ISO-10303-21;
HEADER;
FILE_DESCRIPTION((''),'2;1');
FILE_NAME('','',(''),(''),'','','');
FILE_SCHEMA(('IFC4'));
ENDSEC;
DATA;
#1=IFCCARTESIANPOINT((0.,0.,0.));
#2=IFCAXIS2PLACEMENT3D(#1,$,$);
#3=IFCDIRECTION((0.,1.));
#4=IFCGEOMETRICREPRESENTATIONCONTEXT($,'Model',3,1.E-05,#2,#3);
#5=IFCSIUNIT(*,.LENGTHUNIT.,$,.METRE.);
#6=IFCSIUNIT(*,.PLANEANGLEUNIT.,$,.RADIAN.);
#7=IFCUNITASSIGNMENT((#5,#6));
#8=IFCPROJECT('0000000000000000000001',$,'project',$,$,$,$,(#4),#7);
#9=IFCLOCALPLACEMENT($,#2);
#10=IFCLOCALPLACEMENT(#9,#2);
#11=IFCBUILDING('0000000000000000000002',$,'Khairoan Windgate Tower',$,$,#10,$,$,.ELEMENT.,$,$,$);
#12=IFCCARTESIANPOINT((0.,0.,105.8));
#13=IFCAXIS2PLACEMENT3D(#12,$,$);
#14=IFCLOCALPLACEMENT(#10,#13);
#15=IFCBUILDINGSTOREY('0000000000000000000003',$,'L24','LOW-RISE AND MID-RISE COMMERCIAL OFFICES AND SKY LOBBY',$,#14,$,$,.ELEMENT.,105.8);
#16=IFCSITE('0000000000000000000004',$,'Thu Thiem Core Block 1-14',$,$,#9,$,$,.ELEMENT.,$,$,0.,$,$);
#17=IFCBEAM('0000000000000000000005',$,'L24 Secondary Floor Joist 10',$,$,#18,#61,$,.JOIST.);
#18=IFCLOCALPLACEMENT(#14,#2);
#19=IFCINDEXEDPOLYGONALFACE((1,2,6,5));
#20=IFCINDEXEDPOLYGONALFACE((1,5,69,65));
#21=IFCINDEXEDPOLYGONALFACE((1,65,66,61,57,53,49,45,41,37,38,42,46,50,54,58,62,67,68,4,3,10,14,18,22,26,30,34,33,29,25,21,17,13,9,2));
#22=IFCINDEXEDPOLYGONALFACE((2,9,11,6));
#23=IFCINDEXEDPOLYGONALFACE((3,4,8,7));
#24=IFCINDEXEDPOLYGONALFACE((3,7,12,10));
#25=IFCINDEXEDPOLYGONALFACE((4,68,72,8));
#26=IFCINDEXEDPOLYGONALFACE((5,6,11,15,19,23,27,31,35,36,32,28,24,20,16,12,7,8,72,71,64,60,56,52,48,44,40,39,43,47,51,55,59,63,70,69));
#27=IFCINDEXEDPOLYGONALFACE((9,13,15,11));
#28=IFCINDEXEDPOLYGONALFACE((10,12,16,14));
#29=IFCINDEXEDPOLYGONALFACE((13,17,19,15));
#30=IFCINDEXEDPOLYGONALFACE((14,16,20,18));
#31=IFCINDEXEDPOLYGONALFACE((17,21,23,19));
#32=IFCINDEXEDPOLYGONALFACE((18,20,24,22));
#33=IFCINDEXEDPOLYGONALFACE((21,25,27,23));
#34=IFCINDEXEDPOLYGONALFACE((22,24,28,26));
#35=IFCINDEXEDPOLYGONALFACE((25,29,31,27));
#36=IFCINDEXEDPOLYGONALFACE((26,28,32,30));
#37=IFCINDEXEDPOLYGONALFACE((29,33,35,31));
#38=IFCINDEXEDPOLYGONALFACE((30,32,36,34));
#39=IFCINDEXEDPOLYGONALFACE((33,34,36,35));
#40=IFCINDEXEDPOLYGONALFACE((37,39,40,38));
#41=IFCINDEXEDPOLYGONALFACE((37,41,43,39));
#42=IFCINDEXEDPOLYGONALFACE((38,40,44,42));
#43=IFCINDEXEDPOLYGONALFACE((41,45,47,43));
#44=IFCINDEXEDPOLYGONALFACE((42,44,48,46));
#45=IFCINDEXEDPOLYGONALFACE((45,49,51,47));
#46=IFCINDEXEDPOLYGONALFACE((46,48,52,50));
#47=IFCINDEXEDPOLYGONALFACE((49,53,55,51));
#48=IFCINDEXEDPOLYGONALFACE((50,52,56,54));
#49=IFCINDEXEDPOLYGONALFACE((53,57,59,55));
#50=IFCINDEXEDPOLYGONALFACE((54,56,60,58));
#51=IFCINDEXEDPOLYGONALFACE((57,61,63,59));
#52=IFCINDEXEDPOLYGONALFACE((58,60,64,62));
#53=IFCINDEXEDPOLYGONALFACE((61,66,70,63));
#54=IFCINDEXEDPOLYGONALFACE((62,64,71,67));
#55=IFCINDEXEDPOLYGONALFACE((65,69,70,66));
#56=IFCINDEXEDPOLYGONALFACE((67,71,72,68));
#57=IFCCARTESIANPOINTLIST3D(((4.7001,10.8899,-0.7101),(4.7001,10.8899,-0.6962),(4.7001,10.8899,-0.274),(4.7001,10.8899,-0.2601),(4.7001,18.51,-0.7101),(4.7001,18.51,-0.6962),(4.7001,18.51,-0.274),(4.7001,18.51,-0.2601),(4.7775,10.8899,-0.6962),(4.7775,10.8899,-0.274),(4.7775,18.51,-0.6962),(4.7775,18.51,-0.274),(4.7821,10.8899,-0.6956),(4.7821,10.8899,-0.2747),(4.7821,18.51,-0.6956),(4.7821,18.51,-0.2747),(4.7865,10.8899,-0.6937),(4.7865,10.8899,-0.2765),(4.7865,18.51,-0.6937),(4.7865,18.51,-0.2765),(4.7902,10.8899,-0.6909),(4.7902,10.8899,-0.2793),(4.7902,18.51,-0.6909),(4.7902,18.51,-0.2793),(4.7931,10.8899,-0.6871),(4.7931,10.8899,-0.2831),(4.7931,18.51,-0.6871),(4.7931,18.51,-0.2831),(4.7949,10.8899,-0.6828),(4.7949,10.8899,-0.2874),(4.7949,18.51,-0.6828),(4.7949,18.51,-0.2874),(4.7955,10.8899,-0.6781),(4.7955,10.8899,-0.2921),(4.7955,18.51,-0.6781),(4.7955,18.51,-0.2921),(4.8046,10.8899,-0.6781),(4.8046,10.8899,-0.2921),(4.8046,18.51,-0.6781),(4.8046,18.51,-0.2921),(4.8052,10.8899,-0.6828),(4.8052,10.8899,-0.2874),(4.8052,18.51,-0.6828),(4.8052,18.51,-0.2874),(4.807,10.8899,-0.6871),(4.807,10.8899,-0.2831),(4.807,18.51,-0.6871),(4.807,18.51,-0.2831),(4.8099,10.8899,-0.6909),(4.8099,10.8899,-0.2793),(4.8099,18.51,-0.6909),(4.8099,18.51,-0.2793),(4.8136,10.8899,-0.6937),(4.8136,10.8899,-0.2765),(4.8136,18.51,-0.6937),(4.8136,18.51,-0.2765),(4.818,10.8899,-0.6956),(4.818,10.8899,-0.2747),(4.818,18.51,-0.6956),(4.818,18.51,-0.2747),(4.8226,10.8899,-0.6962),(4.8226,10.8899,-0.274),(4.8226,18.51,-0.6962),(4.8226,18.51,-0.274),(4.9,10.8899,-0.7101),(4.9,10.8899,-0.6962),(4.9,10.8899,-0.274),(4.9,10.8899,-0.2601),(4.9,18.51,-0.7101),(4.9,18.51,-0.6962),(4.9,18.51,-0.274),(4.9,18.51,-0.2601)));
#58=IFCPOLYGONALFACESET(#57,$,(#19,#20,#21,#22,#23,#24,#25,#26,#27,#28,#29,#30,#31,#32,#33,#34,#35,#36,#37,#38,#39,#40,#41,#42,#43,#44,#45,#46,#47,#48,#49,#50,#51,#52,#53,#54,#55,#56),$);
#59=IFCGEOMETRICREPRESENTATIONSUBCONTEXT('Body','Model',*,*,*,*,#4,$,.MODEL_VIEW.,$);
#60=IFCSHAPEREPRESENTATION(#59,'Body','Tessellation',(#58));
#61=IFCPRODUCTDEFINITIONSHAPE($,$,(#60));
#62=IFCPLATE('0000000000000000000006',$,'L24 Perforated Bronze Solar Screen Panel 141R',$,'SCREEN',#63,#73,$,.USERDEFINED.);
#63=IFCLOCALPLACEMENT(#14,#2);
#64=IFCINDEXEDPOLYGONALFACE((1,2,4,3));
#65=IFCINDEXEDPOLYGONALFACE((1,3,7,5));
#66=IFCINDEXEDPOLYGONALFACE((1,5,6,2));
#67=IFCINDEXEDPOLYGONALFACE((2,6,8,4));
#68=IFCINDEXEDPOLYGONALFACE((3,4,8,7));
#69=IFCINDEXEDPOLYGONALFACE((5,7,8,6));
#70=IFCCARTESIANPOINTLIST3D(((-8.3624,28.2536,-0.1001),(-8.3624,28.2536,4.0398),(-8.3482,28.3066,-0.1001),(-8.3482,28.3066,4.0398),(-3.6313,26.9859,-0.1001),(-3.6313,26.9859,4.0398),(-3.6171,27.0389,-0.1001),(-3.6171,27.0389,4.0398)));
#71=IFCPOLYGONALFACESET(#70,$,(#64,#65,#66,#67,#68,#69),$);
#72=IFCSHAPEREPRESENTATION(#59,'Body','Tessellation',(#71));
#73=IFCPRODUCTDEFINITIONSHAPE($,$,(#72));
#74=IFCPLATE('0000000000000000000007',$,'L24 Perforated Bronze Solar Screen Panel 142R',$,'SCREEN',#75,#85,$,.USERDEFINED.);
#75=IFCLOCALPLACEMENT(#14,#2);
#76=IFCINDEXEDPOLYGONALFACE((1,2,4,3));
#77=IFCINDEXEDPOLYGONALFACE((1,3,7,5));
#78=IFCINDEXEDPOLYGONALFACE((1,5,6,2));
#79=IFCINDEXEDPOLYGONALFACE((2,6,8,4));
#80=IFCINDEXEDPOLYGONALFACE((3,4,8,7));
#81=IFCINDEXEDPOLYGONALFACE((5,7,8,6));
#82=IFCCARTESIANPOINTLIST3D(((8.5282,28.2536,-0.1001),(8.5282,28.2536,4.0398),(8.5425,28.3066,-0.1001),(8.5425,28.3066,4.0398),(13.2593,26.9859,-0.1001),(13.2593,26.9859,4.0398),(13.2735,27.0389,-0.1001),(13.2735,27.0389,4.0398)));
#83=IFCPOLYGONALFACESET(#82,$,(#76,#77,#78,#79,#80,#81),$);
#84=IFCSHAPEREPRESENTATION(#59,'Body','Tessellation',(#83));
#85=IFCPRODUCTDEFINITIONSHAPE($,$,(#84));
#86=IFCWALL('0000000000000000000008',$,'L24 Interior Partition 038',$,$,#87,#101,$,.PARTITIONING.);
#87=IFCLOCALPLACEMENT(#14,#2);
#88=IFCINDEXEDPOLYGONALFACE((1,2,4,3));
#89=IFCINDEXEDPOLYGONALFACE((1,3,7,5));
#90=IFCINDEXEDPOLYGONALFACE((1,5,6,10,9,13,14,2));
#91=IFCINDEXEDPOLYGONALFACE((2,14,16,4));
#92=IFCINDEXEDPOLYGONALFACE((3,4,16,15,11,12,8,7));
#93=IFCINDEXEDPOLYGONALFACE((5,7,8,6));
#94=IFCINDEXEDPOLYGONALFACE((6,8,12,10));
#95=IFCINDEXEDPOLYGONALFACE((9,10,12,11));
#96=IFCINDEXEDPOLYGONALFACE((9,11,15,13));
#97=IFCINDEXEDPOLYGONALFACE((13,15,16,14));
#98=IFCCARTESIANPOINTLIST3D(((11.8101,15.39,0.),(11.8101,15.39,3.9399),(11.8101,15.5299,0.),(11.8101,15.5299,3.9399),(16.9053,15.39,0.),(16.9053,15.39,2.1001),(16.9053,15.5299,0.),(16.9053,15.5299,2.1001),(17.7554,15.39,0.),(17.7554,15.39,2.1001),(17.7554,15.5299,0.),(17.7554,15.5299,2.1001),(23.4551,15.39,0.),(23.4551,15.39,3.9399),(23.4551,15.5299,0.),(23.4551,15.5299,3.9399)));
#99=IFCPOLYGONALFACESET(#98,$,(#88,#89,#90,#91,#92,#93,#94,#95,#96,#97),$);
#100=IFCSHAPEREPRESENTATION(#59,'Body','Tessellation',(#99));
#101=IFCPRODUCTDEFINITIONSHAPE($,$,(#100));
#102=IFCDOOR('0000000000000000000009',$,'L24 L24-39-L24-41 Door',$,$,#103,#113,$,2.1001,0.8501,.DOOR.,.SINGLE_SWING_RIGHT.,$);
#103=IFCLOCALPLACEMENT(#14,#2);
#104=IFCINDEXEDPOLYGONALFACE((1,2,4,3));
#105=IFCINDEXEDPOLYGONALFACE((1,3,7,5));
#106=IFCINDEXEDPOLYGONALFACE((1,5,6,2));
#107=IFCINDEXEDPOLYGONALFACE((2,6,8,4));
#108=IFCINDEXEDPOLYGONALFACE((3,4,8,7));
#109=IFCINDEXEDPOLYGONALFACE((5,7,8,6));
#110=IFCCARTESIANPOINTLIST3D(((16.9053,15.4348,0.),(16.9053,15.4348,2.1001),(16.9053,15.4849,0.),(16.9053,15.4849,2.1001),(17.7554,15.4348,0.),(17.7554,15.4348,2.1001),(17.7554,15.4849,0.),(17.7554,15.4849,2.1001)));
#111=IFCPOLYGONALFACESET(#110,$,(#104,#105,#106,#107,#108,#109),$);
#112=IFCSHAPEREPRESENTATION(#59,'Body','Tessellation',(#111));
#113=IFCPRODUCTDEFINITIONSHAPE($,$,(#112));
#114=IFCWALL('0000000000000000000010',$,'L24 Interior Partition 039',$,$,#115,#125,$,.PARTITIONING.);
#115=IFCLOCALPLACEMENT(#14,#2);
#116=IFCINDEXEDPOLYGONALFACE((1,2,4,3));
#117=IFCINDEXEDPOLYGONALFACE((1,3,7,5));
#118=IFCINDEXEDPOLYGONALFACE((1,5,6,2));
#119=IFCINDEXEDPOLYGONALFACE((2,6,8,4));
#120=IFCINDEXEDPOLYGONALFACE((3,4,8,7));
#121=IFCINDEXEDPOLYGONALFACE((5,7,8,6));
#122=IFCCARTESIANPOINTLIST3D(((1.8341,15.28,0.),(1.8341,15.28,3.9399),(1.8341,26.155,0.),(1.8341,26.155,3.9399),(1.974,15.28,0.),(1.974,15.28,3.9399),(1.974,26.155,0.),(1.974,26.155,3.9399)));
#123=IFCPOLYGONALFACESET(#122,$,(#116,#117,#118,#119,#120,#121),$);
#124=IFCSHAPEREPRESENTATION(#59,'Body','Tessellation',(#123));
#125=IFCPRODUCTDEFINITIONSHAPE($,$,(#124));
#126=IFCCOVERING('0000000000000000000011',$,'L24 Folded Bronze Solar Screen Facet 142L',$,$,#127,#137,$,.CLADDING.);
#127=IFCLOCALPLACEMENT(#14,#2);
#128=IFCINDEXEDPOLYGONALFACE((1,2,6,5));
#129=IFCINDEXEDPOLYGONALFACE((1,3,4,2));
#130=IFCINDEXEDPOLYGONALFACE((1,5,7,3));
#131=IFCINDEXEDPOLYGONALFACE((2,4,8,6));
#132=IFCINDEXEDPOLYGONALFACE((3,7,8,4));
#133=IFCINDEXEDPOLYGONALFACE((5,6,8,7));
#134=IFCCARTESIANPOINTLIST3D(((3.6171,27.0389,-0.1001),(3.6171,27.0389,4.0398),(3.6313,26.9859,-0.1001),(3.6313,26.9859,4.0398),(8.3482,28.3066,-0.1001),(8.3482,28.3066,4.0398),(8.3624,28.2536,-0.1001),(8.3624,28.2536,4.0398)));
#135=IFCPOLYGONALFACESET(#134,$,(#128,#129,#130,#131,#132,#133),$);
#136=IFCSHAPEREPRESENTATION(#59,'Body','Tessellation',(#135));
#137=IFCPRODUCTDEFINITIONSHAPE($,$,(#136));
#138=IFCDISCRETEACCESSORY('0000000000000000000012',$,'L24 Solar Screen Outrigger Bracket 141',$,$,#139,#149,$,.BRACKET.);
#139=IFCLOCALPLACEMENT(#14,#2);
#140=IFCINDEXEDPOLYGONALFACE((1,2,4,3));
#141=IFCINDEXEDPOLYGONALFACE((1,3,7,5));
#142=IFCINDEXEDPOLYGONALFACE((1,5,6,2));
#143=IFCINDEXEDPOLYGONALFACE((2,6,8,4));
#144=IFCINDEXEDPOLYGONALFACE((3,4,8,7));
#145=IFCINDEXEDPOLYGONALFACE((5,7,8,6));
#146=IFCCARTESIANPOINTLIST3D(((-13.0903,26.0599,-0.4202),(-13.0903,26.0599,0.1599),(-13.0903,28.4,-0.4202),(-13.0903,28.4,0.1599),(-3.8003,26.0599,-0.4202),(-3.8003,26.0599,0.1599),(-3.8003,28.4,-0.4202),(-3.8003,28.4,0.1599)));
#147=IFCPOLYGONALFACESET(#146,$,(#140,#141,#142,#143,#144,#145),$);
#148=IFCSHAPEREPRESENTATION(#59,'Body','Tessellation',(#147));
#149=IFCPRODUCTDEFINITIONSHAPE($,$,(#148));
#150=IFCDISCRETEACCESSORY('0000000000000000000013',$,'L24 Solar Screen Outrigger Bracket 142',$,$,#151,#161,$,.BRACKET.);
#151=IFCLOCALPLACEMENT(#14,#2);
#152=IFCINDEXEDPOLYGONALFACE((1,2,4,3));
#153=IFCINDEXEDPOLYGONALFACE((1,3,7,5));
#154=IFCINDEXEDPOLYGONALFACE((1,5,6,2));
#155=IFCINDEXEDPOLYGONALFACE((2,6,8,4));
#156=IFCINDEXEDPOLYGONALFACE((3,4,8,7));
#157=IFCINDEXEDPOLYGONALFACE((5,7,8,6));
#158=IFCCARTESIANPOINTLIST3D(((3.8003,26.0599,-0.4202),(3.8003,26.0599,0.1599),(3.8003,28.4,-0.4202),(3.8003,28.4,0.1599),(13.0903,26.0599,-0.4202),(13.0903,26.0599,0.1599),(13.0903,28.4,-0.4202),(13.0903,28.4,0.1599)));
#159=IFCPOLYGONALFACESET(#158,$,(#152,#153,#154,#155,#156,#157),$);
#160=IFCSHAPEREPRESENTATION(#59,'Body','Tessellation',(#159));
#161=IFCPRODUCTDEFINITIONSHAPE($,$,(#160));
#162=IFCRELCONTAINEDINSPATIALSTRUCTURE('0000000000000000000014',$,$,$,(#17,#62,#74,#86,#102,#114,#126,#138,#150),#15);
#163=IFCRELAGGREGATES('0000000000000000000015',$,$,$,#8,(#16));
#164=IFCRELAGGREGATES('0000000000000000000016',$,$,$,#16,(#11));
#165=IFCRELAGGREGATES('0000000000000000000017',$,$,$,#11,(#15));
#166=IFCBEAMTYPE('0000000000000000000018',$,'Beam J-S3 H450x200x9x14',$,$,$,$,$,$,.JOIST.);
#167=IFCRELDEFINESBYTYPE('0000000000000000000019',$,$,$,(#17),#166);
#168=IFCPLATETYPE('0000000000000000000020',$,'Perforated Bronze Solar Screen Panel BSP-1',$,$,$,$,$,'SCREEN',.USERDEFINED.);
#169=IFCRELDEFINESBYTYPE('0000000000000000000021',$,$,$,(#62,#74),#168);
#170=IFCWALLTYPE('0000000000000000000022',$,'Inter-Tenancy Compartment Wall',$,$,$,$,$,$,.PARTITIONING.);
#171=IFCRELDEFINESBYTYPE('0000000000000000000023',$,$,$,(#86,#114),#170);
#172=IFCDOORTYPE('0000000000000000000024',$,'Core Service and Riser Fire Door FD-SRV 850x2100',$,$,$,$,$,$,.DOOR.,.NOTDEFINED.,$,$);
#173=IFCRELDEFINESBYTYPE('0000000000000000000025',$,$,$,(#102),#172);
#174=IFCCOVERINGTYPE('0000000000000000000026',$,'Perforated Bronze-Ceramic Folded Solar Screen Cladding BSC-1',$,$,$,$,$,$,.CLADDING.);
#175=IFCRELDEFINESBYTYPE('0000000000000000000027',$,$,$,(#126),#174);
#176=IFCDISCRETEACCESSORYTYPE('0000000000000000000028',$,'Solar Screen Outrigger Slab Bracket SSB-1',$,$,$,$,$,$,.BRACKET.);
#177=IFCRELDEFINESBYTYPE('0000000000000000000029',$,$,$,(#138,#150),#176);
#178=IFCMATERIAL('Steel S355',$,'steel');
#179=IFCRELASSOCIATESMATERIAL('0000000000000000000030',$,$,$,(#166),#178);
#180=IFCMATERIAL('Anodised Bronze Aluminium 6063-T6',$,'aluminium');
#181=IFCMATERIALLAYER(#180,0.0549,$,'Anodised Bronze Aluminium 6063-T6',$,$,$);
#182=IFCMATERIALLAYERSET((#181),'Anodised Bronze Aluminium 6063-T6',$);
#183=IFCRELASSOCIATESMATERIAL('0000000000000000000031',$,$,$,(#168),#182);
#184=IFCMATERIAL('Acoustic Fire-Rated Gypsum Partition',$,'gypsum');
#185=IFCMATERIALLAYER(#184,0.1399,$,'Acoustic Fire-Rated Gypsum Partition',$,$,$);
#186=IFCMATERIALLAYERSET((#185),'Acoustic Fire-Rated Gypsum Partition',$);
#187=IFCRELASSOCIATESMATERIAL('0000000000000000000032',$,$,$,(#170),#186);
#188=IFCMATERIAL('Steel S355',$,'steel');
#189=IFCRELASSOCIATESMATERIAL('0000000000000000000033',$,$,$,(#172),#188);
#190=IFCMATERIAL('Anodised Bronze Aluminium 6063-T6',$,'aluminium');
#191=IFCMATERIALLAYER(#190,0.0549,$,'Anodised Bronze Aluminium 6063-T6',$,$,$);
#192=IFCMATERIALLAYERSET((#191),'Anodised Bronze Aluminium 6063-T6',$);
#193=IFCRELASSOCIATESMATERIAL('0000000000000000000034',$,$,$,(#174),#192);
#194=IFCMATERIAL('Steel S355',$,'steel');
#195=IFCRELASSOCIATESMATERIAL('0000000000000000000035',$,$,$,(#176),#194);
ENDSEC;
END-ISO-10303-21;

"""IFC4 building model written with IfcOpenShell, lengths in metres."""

from ifc_helpers import new_model, si_unit, direction, frame, frame_2d, origin, origin_2d, place, context, subcontext, project, spatial, rectangle, i_section, extrude, material, layer, layer_set, material_profile, profile_set, type_object, element, fill, save


model = new_model("IFC4")

# Units and contexts
model_context = context("Model", 3, precision=1e-05, world=origin(), true_north=direction((0.0, 1.0)))
body_context = subcontext(model_context, "Body", "Model", "MODEL_VIEW")
ifc_project = project(units=[si_unit("LENGTHUNIT", "METRE"), si_unit("PLANEANGLEUNIT", "RADIAN")], contexts=[model_context])

# Site, building, storey
site_placement = place(None, origin())
site = spatial("IfcSite", under=ifc_project, at=site_placement, Name="Thu Thiem Core Block 1-14", CompositionType="ELEMENT", RefElevation=0.0)
building_placement = place(site_placement, origin())
building = spatial("IfcBuilding", under=site, at=building_placement, Name="Khairoan Windgate Tower", CompositionType="ELEMENT")
storey_placement = place(building_placement, frame((0.0, 0.0, 105.8)))
storey = spatial("IfcBuildingStorey", under=building, at=storey_placement, Name="L24", Description="LOW-RISE AND MID-RISE COMMERCIAL OFFICES AND SKY LOBBY", CompositionType="ELEMENT", Elevation=105.8)

# Beam
ifc_material_1 = material(Name="Steel S355", Category="steel")
ifc_material_profile_1 = material_profile(ifc_material_1, i_section(OverallWidth=0.2, OverallDepth=0.45, WebThickness=0.009, FlangeThickness=0.0139, FilletRadius=0.0181, at=origin_2d()))
ifc_profile_set_1 = profile_set([ifc_material_profile_1], Name="Steel S355")
beam_type_1 = type_object("IfcBeamType", Name="Beam J-S3 H450x200x9x14", PredefinedType="JOIST", material=ifc_profile_set_1)
for number, where, z_axis, x_axis, name in (
    (1, (4.8, 10.8899, -0.4851), (0.0, 1.0, 0.0), (-1.0, 0.0, 0.0), "L24 Secondary Floor Joist 10"),
):
    element("IfcBeam", number, at=place(storey_placement, frame(where, z_axis=z_axis, x_axis=x_axis)), inside=storey, type_object=beam_type_1, Name=name, PredefinedType="JOIST", context=body_context, shape_type="SweptSolid", body=[
        extrude(i_section(OverallWidth=0.2, OverallDepth=0.45, WebThickness=0.009, FlangeThickness=0.0139, FilletRadius=0.0181, at=origin_2d()), origin(), (0.0, 0.0, 1.0), 7.6201),
    ])

# Plates
ifc_material_2 = material(Name="Anodised Bronze Aluminium 6063-T6", Category="aluminium")
ifc_layer_1 = layer(ifc_material_2, 0.0549, Name="Anodised Bronze Aluminium 6063-T6")
ifc_layer_set_1 = layer_set([ifc_layer_1], Name="Anodised Bronze Aluminium 6063-T6")
plate_type = type_object("IfcPlateType", Name="Perforated Bronze Solar Screen Panel BSP-1", ElementType="SCREEN", PredefinedType="USERDEFINED", material=ifc_layer_set_1)
for number, where, z_axis, x_axis, name in (
    (2, (-5.9897, 27.6462, -0.1001), (0.0, 0.0, 1.0), (0.965926, -0.258819, 0.0), "L24 Perforated Bronze Solar Screen Panel 141R"),
    (3, (10.9009, 27.6462, -0.1001), (0.0, 0.0, 1.0), (0.965926, -0.258819, 0.0), "L24 Perforated Bronze Solar Screen Panel 142R"),
):
    element("IfcPlate", number, at=place(storey_placement, frame(where, z_axis=z_axis, x_axis=x_axis)), inside=storey, type_object=plate_type, Name=name, ObjectType="SCREEN", PredefinedType="USERDEFINED", context=body_context, shape_type="SweptSolid", body=[
        extrude(rectangle(XDim=4.8979, YDim=0.0549, at=origin_2d()), origin(), (0.0, 0.0, 1.0), 4.1399),
    ])

# Wall, opening, door
ifc_material_3 = material(Name="Acoustic Fire-Rated Gypsum Partition", Category="gypsum")
ifc_layer_2 = layer(ifc_material_3, 0.1399, Name="Acoustic Fire-Rated Gypsum Partition")
ifc_layer_set_2 = layer_set([ifc_layer_2], Name="Acoustic Fire-Rated Gypsum Partition")
wall_type = type_object("IfcWallType", Name="Inter-Tenancy Compartment Wall", PredefinedType="PARTITIONING", material=ifc_layer_set_2)
wall_1_placement = place(storey_placement, frame((11.8101, 15.46, 0.0), z_axis=(0.0, 0.0, 1.0), x_axis=(1.0, 0.0, 0.0)))
wall_1 = element("IfcWall", 4, at=wall_1_placement, inside=storey, type_object=wall_type, Name="L24 Interior Partition 038", PredefinedType="PARTITIONING", context=body_context, shape_type="SweptSolid", body=[
    extrude(rectangle(XDim=11.645, YDim=0.1399, at=frame_2d((5.8225, 0.0))), origin(), (0.0, 0.0, 1.0), 3.9399),
])
opening_placement = place(wall_1_placement, frame((5.0952, 0.0, 0.0)))
opening = element("IfcOpeningElement", 5, at=opening_placement, cuts=wall_1, PredefinedType="OPENING", context=body_context, shape_type="SweptSolid", body=[
    extrude(rectangle(XDim=0.8501, YDim=2.1001, at=frame_2d((0.425, 1.05))), frame((0.0, 0.0798, 0.0), z_axis=(0.0, -1.0, 0.0), x_axis=(1.0, 0.0, 0.0)), (0.0, 0.0, 1.0), 0.1599),
])
ifc_material_4 = material(Name="Steel S355", Category="steel")
door_type = type_object("IfcDoorType", Name="Core Service and Riser Fire Door FD-SRV 850x2100", OperationType="NOTDEFINED", PredefinedType="DOOR", material=ifc_material_4)
door_placement = place(opening_placement, origin())
door = element("IfcDoor", 6, at=door_placement, inside=storey, type_object=door_type, Name="L24 L24-39-L24-41 Door", OperationType="SINGLE_SWING_RIGHT", OverallHeight=2.1001, OverallWidth=0.8501, PredefinedType="DOOR", context=body_context, shape_type="SweptSolid", body=[
    extrude(rectangle(XDim=0.8501, YDim=2.1001, at=frame_2d((0.425, 1.05))), frame((0.0, 0.0249, 0.0), z_axis=(0.0, -1.0, 0.0), x_axis=(1.0, 0.0, 0.0)), (0.0, 0.0, 1.0), 0.05),
])
fill(opening, door)

# Wall
wall_2_placement = place(storey_placement, frame((1.9041, 15.28, 0.0), z_axis=(0.0, 0.0, 1.0), x_axis=(0.0, 1.0, 0.0)))
element("IfcWall", 7, at=wall_2_placement, inside=storey, type_object=wall_type, Name="L24 Interior Partition 039", PredefinedType="PARTITIONING", context=body_context, shape_type="SweptSolid", body=[
    extrude(rectangle(XDim=10.875, YDim=0.1399, at=frame_2d((5.4375, 0.0))), origin(), (0.0, 0.0, 1.0), 3.9399),
])

# Covering
ifc_material_5 = material(Name="Anodised Bronze Aluminium 6063-T6", Category="aluminium")
ifc_layer_3 = layer(ifc_material_5, 0.0549, Name="Anodised Bronze Aluminium 6063-T6")
ifc_layer_set_3 = layer_set([ifc_layer_3], Name="Anodised Bronze Aluminium 6063-T6")
covering_type = type_object("IfcCoveringType", Name="Perforated Bronze-Ceramic Folded Solar Screen Cladding BSC-1", PredefinedType="CLADDING", material=ifc_layer_set_3)
covering_placement = place(storey_placement, frame((5.9897, 27.6462, -0.1001), z_axis=(0.0, 0.0, 1.0), x_axis=(0.965926, 0.258819, 0.0)))
element("IfcCovering", 8, at=covering_placement, inside=storey, type_object=covering_type, Name="L24 Folded Bronze Solar Screen Facet 142L", PredefinedType="CLADDING", context=body_context, shape_type="SweptSolid", body=[
    extrude(rectangle(XDim=4.8979, YDim=0.0549, at=origin_2d()), origin(), (0.0, 0.0, 1.0), 4.1399),
])

# Discrete accessories
ifc_material_6 = material(Name="Steel S355", Category="steel")
discrete_accessory_type = type_object("IfcDiscreteAccessoryType", Name="Solar Screen Outrigger Slab Bracket SSB-1", PredefinedType="BRACKET", material=ifc_material_6)
for number, where, z_axis, x_axis, name in (
    (9, (-8.4453, 27.23, -0.4202), (0.0, 0.0, 1.0), (1.0, 0.0, 0.0), "L24 Solar Screen Outrigger Bracket 141"),
    (10, (8.4453, 27.23, -0.4202), (0.0, 0.0, 1.0), (1.0, 0.0, 0.0), "L24 Solar Screen Outrigger Bracket 142"),
):
    element("IfcDiscreteAccessory", number, at=place(storey_placement, frame(where, z_axis=z_axis, x_axis=x_axis)), inside=storey, type_object=discrete_accessory_type, Name=name, PredefinedType="BRACKET", context=body_context, shape_type="SweptSolid", body=[
        extrude(rectangle(XDim=9.29, YDim=2.3401, at=origin_2d()), origin(), (0.0, 0.0, 1.0), 0.5801),
    ])

save(model, "model.ifc")
